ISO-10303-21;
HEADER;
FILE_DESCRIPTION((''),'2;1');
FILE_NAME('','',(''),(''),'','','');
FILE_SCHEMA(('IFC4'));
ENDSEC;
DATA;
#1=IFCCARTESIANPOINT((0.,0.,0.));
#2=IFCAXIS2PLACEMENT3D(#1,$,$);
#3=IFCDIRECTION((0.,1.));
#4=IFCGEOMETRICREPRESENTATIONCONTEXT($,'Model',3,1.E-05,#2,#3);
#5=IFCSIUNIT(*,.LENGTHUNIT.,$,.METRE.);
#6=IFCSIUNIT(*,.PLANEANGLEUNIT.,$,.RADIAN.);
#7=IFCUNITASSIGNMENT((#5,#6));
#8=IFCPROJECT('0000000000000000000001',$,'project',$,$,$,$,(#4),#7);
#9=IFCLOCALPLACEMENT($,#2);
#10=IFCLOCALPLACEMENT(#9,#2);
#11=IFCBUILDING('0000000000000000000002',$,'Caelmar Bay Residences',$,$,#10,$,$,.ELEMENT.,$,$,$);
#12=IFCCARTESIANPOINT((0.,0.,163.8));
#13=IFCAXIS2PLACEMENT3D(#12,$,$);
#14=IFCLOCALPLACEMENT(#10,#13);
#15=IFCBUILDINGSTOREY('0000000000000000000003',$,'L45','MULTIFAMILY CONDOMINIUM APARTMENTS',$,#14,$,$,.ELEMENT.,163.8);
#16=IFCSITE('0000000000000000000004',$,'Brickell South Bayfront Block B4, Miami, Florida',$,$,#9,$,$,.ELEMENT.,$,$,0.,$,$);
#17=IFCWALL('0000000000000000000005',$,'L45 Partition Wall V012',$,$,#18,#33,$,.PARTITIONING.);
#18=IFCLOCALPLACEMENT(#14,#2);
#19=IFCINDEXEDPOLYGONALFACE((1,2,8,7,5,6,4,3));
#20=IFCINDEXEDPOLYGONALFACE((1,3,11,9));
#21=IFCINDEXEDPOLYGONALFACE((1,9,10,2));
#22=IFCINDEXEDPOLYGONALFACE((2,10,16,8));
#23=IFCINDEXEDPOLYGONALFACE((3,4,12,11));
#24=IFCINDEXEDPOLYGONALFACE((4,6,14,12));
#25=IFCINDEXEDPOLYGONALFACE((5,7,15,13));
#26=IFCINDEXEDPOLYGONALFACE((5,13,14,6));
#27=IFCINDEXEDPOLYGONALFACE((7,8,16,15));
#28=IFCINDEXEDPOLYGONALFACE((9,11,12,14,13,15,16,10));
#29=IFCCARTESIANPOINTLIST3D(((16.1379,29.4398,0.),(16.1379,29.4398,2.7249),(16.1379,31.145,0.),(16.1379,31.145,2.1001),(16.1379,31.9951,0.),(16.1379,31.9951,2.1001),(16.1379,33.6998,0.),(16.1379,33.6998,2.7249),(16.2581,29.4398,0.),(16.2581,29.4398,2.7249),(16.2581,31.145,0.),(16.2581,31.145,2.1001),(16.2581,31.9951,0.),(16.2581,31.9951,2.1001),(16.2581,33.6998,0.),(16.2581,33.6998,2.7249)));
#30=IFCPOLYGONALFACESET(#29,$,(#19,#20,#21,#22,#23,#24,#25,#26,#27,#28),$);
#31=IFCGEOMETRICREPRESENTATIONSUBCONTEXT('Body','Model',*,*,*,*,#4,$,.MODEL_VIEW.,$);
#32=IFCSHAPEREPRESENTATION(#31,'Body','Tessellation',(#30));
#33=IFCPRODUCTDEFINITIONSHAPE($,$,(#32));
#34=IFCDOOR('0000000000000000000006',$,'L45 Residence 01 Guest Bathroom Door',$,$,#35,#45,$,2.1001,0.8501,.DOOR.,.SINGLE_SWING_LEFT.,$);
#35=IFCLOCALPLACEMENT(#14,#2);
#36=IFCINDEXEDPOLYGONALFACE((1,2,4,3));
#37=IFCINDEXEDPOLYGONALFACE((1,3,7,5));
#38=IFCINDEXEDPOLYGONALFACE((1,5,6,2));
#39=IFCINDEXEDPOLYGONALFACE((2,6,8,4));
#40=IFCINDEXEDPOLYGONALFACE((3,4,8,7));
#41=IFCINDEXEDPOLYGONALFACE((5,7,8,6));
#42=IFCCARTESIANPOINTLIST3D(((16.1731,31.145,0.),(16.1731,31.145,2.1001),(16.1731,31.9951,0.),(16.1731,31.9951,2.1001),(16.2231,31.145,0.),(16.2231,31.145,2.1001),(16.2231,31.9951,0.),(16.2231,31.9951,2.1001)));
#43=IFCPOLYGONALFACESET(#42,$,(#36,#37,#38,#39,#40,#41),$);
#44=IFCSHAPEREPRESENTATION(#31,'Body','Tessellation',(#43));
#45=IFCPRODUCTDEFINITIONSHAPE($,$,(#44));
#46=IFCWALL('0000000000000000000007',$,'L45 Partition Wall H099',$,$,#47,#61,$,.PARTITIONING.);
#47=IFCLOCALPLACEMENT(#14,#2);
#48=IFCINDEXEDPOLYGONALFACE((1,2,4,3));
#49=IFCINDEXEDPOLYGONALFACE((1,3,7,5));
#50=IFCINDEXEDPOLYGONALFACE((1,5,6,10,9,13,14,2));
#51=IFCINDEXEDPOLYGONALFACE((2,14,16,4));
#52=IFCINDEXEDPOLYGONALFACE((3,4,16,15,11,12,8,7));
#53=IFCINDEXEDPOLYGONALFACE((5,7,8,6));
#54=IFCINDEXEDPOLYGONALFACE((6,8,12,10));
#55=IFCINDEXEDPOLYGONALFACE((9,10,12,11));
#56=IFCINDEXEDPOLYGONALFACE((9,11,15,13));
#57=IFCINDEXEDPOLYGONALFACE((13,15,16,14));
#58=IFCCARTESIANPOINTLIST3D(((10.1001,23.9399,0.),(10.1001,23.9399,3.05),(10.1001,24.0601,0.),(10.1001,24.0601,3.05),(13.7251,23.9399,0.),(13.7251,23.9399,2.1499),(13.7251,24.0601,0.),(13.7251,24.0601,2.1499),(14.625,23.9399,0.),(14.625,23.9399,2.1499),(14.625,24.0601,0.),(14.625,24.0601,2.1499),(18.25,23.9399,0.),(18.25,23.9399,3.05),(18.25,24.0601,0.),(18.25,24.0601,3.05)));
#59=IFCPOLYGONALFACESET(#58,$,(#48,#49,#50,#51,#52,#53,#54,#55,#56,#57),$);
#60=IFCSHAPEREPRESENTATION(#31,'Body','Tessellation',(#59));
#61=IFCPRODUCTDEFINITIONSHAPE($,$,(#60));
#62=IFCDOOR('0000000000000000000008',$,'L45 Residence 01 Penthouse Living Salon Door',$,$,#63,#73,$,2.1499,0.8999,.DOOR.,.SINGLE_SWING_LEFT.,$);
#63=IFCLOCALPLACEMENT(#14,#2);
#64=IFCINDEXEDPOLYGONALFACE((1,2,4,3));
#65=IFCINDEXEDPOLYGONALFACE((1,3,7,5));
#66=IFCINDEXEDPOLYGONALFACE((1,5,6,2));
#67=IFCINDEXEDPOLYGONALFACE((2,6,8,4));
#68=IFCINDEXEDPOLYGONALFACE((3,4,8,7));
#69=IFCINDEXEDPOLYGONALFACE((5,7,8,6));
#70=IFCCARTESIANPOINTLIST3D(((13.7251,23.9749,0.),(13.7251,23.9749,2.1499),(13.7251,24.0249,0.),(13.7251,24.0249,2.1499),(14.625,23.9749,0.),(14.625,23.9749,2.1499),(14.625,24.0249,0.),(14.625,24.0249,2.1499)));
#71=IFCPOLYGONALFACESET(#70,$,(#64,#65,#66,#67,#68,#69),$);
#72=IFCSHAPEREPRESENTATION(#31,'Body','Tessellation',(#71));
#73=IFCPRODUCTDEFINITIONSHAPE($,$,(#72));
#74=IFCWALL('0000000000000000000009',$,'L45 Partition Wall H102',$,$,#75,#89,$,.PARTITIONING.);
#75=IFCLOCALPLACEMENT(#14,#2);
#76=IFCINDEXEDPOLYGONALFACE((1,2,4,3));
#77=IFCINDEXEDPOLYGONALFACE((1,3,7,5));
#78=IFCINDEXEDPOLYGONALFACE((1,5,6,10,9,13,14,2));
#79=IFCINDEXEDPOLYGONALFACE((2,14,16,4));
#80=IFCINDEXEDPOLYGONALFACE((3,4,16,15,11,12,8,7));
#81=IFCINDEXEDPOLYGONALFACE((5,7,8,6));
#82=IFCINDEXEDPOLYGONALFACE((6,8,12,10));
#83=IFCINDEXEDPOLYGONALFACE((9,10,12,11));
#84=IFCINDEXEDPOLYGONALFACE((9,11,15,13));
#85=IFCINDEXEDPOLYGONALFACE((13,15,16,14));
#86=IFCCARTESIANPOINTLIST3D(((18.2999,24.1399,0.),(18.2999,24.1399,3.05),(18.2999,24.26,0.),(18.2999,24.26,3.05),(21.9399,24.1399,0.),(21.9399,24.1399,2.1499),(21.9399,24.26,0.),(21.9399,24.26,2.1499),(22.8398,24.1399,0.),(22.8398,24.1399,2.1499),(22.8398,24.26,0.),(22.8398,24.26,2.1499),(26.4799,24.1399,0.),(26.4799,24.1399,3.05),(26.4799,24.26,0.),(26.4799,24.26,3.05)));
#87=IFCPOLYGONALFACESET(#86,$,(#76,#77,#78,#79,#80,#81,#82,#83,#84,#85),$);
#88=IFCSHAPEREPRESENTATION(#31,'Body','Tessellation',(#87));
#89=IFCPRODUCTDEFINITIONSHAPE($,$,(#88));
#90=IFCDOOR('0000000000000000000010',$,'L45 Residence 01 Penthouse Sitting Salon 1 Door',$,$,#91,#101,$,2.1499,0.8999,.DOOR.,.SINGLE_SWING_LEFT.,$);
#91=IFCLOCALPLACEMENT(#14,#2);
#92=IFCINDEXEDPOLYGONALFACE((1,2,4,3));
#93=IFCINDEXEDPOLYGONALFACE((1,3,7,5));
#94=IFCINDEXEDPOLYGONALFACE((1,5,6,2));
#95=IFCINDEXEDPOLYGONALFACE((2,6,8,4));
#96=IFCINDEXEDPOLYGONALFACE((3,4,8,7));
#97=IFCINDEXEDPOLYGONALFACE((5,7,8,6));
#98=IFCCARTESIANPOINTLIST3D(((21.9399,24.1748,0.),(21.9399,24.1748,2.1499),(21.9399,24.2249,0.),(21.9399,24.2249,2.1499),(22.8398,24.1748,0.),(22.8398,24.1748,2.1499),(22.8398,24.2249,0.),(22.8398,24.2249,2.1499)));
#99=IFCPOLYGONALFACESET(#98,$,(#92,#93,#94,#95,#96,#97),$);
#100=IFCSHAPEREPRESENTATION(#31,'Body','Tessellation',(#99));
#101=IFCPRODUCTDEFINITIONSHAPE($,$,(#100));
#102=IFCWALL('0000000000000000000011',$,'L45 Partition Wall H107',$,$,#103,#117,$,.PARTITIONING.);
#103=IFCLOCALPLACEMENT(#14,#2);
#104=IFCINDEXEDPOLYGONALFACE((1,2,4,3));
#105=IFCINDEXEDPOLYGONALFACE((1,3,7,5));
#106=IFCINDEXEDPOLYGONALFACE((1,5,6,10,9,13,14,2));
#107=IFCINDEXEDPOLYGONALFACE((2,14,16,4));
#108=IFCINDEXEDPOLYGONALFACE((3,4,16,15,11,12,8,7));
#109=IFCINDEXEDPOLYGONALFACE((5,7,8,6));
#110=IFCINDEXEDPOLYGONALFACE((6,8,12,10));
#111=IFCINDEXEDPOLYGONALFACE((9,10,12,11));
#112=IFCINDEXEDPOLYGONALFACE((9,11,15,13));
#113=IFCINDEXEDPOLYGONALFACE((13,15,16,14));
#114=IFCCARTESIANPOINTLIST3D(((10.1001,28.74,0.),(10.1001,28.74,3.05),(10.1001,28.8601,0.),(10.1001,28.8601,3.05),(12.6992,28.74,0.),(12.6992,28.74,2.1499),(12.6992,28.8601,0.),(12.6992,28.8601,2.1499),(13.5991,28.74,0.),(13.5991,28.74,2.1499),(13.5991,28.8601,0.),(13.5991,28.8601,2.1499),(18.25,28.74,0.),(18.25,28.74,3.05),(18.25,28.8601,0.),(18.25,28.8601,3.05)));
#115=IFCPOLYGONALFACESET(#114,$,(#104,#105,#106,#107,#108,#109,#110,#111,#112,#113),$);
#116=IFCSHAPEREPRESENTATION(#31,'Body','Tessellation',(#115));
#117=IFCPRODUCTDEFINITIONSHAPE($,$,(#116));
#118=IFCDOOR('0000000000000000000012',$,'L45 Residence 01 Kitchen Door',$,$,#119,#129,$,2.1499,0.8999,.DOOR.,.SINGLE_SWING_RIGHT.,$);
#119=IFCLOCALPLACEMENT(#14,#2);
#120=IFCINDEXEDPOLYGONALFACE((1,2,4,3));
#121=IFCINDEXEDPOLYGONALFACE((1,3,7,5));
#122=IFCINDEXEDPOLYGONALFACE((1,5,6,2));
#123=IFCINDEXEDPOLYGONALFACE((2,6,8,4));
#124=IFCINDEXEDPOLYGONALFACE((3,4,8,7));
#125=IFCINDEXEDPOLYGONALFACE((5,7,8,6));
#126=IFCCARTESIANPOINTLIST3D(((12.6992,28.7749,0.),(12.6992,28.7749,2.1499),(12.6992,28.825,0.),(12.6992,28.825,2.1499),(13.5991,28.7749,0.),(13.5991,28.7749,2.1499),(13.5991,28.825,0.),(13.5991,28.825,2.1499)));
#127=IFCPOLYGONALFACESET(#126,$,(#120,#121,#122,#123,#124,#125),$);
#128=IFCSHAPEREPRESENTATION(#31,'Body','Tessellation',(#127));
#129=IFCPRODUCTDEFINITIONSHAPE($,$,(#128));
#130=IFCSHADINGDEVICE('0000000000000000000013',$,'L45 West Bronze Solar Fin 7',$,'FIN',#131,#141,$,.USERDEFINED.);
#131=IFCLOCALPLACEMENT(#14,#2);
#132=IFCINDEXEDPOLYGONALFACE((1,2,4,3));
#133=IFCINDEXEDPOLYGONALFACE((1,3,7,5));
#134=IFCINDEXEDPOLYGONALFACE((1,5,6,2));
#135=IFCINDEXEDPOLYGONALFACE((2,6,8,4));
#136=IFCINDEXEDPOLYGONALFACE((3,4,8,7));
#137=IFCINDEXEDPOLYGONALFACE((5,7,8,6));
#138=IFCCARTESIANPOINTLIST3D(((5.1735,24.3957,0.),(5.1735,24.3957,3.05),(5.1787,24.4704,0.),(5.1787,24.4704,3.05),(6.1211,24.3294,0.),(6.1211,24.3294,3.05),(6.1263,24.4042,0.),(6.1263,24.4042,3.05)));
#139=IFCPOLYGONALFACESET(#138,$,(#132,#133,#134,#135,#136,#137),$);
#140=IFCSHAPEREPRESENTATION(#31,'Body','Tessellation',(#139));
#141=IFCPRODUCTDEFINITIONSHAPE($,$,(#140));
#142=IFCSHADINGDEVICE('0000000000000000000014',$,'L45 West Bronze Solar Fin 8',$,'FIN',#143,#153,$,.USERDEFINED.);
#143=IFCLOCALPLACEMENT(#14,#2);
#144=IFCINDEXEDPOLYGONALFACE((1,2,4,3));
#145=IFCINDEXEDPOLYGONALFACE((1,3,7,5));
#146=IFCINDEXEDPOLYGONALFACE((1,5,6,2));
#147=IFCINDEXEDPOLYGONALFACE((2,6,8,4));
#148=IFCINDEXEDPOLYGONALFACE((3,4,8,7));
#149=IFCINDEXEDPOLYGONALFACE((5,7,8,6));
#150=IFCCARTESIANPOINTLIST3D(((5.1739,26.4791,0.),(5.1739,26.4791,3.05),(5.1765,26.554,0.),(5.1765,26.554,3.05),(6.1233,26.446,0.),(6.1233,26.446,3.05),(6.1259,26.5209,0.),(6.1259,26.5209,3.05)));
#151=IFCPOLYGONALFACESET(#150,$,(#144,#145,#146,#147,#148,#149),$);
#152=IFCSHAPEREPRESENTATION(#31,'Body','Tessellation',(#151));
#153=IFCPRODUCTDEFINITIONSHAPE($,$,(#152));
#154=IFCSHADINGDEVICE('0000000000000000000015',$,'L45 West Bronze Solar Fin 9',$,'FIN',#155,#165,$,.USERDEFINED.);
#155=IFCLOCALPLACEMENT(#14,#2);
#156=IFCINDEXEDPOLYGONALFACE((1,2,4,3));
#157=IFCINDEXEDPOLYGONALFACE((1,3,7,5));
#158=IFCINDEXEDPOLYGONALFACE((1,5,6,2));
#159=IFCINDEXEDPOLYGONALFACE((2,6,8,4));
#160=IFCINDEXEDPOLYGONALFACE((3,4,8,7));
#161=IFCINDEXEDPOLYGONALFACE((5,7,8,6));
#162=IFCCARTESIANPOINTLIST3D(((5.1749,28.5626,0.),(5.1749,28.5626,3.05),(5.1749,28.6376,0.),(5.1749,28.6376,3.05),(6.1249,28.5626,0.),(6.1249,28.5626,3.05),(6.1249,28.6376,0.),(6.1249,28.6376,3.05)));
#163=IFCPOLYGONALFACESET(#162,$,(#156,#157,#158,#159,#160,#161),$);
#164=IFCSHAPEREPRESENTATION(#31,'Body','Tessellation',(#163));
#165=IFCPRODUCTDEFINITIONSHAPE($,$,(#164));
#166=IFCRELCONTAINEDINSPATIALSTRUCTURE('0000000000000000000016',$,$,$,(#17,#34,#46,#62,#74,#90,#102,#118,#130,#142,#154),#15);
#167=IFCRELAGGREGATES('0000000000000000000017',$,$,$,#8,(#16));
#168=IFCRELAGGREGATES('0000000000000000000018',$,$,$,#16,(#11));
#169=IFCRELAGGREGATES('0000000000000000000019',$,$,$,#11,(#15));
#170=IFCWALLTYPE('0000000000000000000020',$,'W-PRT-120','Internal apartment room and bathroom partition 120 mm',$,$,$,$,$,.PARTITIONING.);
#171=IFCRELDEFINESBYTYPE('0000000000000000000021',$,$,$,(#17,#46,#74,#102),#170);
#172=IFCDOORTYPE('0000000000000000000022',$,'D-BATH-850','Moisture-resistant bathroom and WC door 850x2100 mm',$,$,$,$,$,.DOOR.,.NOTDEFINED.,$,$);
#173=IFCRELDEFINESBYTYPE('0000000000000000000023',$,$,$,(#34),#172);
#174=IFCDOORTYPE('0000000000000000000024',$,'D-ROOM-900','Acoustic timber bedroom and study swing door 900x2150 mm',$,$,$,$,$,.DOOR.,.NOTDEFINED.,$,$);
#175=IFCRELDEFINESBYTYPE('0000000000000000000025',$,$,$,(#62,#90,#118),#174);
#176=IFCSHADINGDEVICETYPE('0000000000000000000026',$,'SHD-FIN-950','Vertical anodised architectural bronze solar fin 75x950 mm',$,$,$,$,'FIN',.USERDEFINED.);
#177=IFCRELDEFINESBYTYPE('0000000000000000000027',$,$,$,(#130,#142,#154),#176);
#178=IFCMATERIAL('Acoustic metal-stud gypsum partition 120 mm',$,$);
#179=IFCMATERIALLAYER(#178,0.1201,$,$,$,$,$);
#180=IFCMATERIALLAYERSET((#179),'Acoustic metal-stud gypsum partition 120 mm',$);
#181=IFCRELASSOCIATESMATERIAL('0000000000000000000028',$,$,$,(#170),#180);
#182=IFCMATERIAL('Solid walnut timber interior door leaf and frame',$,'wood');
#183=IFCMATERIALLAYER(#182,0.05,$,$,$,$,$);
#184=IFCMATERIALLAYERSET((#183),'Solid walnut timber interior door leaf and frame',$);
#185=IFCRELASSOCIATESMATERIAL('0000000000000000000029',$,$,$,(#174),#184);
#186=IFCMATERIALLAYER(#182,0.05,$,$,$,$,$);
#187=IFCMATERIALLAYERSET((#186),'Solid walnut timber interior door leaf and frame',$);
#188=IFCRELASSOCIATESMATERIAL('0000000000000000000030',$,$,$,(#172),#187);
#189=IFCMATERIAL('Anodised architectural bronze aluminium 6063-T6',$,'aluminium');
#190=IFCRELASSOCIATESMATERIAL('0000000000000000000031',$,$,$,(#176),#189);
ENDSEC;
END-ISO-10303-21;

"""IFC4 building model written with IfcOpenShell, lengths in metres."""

from ifc_helpers import new_model, si_unit, direction, frame, frame_2d, origin, origin_2d, place, context, subcontext, project, spatial, rectangle, extrude, material, layer, layer_set, material_profile, profile_set, type_object, element, fill, save


model = new_model("IFC4")

# Units and contexts
model_context = context("Model", 3, precision=1e-05, world=origin(), true_north=direction((0.0, 1.0)))
body_context = subcontext(model_context, "Body", "Model", "MODEL_VIEW")
ifc_project = project(units=[si_unit("LENGTHUNIT", "METRE"), si_unit("PLANEANGLEUNIT", "RADIAN")], contexts=[model_context])

# Site, building, storey
site_placement = place(None, origin())
site = spatial("IfcSite", under=ifc_project, at=site_placement, Name="Brickell South Bayfront Block B4, Miami, Florida", CompositionType="ELEMENT", RefElevation=0.0)
building_placement = place(site_placement, origin())
building = spatial("IfcBuilding", under=site, at=building_placement, Name="Caelmar Bay Residences", CompositionType="ELEMENT")
storey_placement = place(building_placement, frame((0.0, 0.0, 163.8)))
storey = spatial("IfcBuildingStorey", under=building, at=storey_placement, Name="L45", Description="MULTIFAMILY CONDOMINIUM APARTMENTS", CompositionType="ELEMENT", Elevation=163.8)

# Shared definitions
ifc_material_1 = material(Name="Acoustic metal-stud gypsum partition 120 mm")
ifc_layer_1 = layer(ifc_material_1, 0.1201)
ifc_layer_set_1 = layer_set([ifc_layer_1], Name="Acoustic metal-stud gypsum partition 120 mm")
wall_type_1 = type_object("IfcWallType", Name="W-PRT-120", Description="Internal apartment room and bathroom partition 120 mm", PredefinedType="PARTITIONING", material=ifc_layer_set_1)
ifc_material_2 = material(Name="Solid walnut timber interior door leaf and frame", Category="wood")
ifc_layer_2 = layer(ifc_material_2, 0.05)
ifc_layer_set_2 = layer_set([ifc_layer_2], Name="Solid walnut timber interior door leaf and frame")
door_type_1 = type_object("IfcDoorType", Name="D-ROOM-900", Description="Acoustic timber bedroom and study swing door 900x2150 mm", OperationType="NOTDEFINED", PredefinedType="DOOR", material=ifc_layer_set_2)

# Walls, openings, doors
wall_1_placement = place(storey_placement, frame((16.198, 29.4399, 0.0), z_axis=(0.0, 0.0, 1.0), x_axis=(0.0, 1.0, 0.0)))
wall_1 = element("IfcWall", 1, at=wall_1_placement, inside=storey, type_object=wall_type_1, Name="L45 Partition Wall V012", PredefinedType="PARTITIONING", context=body_context, shape_type="SweptSolid", body=[
    extrude(rectangle(XDim=4.26, YDim=0.1201, at=frame_2d((2.1299, 0.0))), origin(), (0.0, 0.0, 1.0), 2.7249),
])
opening_1_placement = place(wall_1_placement, frame((1.7051, 0.0, 0.0)))
opening_1 = element("IfcOpeningElement", 2, at=opening_1_placement, cuts=wall_1, PredefinedType="OPENING", context=body_context, shape_type="SweptSolid", body=[
    extrude(rectangle(XDim=0.8501, YDim=2.1001, at=frame_2d((0.425, 1.05))), frame((0.0, 0.0701, 0.0), z_axis=(0.0, -1.0, 0.0), x_axis=(1.0, 0.0, 0.0)), (0.0, 0.0, 1.0), 0.1401),
])
ifc_layer_3 = layer(ifc_material_2, 0.05)
ifc_layer_set_3 = layer_set([ifc_layer_3], Name="Solid walnut timber interior door leaf and frame")
door_type_2 = type_object("IfcDoorType", Name="D-BATH-850", Description="Moisture-resistant bathroom and WC door 850x2100 mm", OperationType="NOTDEFINED", PredefinedType="DOOR", material=ifc_layer_set_3)
door_1_placement = place(opening_1_placement, origin())
door_1 = element("IfcDoor", 3, at=door_1_placement, inside=storey, type_object=door_type_2, Name="L45 Residence 01 Guest Bathroom Door", OperationType="SINGLE_SWING_LEFT", OverallHeight=2.1001, OverallWidth=0.8501, PredefinedType="DOOR", context=body_context, shape_type="SweptSolid", body=[
    extrude(rectangle(XDim=0.8501, YDim=2.1001, at=frame_2d((0.425, 1.05))), frame((0.0, 0.0249, 0.0), z_axis=(0.0, -1.0, 0.0), x_axis=(1.0, 0.0, 0.0)), (0.0, 0.0, 1.0), 0.05),
])
fill(opening_1, door_1)
wall_2_placement = place(storey_placement, frame((10.1001, 24.0, 0.0), z_axis=(0.0, 0.0, 1.0), x_axis=(1.0, 0.0, 0.0)))
wall_2 = element("IfcWall", 4, at=wall_2_placement, inside=storey, type_object=wall_type_1, Name="L45 Partition Wall H099", PredefinedType="PARTITIONING", context=body_context, shape_type="SweptSolid", body=[
    extrude(rectangle(XDim=8.1499, YDim=0.1201, at=frame_2d((4.075, 0.0))), origin(), (0.0, 0.0, 1.0), 3.05),
])
opening_2_placement = place(wall_2_placement, frame((3.625, 0.0, 0.0)))
opening_2 = element("IfcOpeningElement", 5, at=opening_2_placement, cuts=wall_2, PredefinedType="OPENING", context=body_context, shape_type="SweptSolid", body=[
    extrude(rectangle(XDim=0.8999, YDim=2.1499, at=frame_2d((0.45, 1.075))), frame((0.0, 0.0701, 0.0), z_axis=(0.0, -1.0, 0.0), x_axis=(1.0, 0.0, 0.0)), (0.0, 0.0, 1.0), 0.1401),
])
door_2_placement = place(opening_2_placement, origin())
door_2 = element("IfcDoor", 6, at=door_2_placement, inside=storey, type_object=door_type_1, Name="L45 Residence 01 Penthouse Living Salon Door", OperationType="SINGLE_SWING_LEFT", OverallHeight=2.1499, OverallWidth=0.8999, PredefinedType="DOOR", context=body_context, shape_type="SweptSolid", body=[
    extrude(rectangle(XDim=0.8999, YDim=2.1499, at=frame_2d((0.45, 1.075))), frame((0.0, 0.0249, 0.0), z_axis=(0.0, -1.0, 0.0), x_axis=(1.0, 0.0, 0.0)), (0.0, 0.0, 1.0), 0.05),
])
fill(opening_2, door_2)
wall_3_placement = place(storey_placement, frame((18.3, 24.2, 0.0), z_axis=(0.0, 0.0, 1.0), x_axis=(1.0, 0.0, 0.0)))
wall_3 = element("IfcWall", 7, at=wall_3_placement, inside=storey, type_object=wall_type_1, Name="L45 Partition Wall H102", PredefinedType="PARTITIONING", context=body_context, shape_type="SweptSolid", body=[
    extrude(rectangle(XDim=8.1799, YDim=0.1201, at=frame_2d((4.0898, 0.0))), origin(), (0.0, 0.0, 1.0), 3.05),
])
opening_3_placement = place(wall_3_placement, frame((3.6399, 0.0, 0.0)))
opening_3 = element("IfcOpeningElement", 8, at=opening_3_placement, cuts=wall_3, PredefinedType="OPENING", context=body_context, shape_type="SweptSolid", body=[
    extrude(rectangle(XDim=0.8999, YDim=2.1499, at=frame_2d((0.45, 1.075))), frame((0.0, 0.0701, 0.0), z_axis=(0.0, -1.0, 0.0), x_axis=(1.0, 0.0, 0.0)), (0.0, 0.0, 1.0), 0.1401),
])
door_3_placement = place(opening_3_placement, origin())
door_3 = element("IfcDoor", 9, at=door_3_placement, inside=storey, type_object=door_type_1, Name="L45 Residence 01 Penthouse Sitting Salon 1 Door", OperationType="SINGLE_SWING_LEFT", OverallHeight=2.1499, OverallWidth=0.8999, PredefinedType="DOOR", context=body_context, shape_type="SweptSolid", body=[
    extrude(rectangle(XDim=0.8999, YDim=2.1499, at=frame_2d((0.45, 1.075))), frame((0.0, 0.0249, 0.0), z_axis=(0.0, -1.0, 0.0), x_axis=(1.0, 0.0, 0.0)), (0.0, 0.0, 1.0), 0.05),
])
fill(opening_3, door_3)
wall_4_placement = place(storey_placement, frame((10.1001, 28.8, 0.0), z_axis=(0.0, 0.0, 1.0), x_axis=(1.0, 0.0, 0.0)))
wall_4 = element("IfcWall", 10, at=wall_4_placement, inside=storey, type_object=wall_type_1, Name="L45 Partition Wall H107", PredefinedType="PARTITIONING", context=body_context, shape_type="SweptSolid", body=[
    extrude(rectangle(XDim=8.1499, YDim=0.1201, at=frame_2d((4.075, 0.0))), origin(), (0.0, 0.0, 1.0), 3.05),
])
opening_4_placement = place(wall_4_placement, frame((2.5991, 0.0, 0.0)))
opening_4 = element("IfcOpeningElement", 11, at=opening_4_placement, cuts=wall_4, PredefinedType="OPENING", context=body_context, shape_type="SweptSolid", body=[
    extrude(rectangle(XDim=0.8999, YDim=2.1499, at=frame_2d((0.45, 1.075))), frame((0.0, 0.0701, 0.0), z_axis=(0.0, -1.0, 0.0), x_axis=(1.0, 0.0, 0.0)), (0.0, 0.0, 1.0), 0.1401),
])
door_4_placement = place(opening_4_placement, origin())
door_4 = element("IfcDoor", 12, at=door_4_placement, inside=storey, type_object=door_type_1, Name="L45 Residence 01 Kitchen Door", OperationType="SINGLE_SWING_RIGHT", OverallHeight=2.1499, OverallWidth=0.8999, PredefinedType="DOOR", context=body_context, shape_type="SweptSolid", body=[
    extrude(rectangle(XDim=0.8999, YDim=2.1499, at=frame_2d((0.45, 1.075))), frame((0.0, 0.0249, 0.0), z_axis=(0.0, -1.0, 0.0), x_axis=(1.0, 0.0, 0.0)), (0.0, 0.0, 1.0), 0.05),
])
fill(opening_4, door_4)

# Shading devices
ifc_material_3 = material(Name="Anodised architectural bronze aluminium 6063-T6", Category="aluminium")
ifc_material_profile_1 = material_profile(ifc_material_3, rectangle(XDim=0.075, YDim=0.95, at=origin_2d()), Name="BRONZE-FIN-75X950")
ifc_profile_set_1 = profile_set([ifc_material_profile_1], Name="Anodised architectural bronze aluminium 6063-T6")
shading_device_type = type_object("IfcShadingDeviceType", Name="SHD-FIN-950", Description="Vertical anodised architectural bronze solar fin 75x950 mm", ElementType="FIN", PredefinedType="USERDEFINED", material=ifc_profile_set_1)
for number, where, z_axis, x_axis, name in (
    (13, (5.6499, 24.3999, 0.0), (0.0, 0.0, 1.0), (0.069756, 0.997564, 0.0), "L45 West Bronze Solar Fin 7"),
    (14, (5.6499, 26.5, 0.0), (0.0, 0.0, 1.0), (0.034899, 0.999391, 0.0), "L45 West Bronze Solar Fin 8"),
    (15, (5.6499, 28.6001, 0.0), (0.0, 0.0, 1.0), (0.0, 1.0, 0.0), "L45 West Bronze Solar Fin 9"),
):
    element("IfcShadingDevice", number, at=place(storey_placement, frame(where, z_axis=z_axis, x_axis=x_axis)), inside=storey, type_object=shading_device_type, Name=name, ObjectType="FIN", PredefinedType="USERDEFINED", context=body_context, shape_type="SweptSolid", body=[
        extrude(rectangle(XDim=0.075, YDim=0.95, at=origin_2d()), origin(), (0.0, 0.0, 1.0), 3.05),
    ])

save(model, "model.ifc")
